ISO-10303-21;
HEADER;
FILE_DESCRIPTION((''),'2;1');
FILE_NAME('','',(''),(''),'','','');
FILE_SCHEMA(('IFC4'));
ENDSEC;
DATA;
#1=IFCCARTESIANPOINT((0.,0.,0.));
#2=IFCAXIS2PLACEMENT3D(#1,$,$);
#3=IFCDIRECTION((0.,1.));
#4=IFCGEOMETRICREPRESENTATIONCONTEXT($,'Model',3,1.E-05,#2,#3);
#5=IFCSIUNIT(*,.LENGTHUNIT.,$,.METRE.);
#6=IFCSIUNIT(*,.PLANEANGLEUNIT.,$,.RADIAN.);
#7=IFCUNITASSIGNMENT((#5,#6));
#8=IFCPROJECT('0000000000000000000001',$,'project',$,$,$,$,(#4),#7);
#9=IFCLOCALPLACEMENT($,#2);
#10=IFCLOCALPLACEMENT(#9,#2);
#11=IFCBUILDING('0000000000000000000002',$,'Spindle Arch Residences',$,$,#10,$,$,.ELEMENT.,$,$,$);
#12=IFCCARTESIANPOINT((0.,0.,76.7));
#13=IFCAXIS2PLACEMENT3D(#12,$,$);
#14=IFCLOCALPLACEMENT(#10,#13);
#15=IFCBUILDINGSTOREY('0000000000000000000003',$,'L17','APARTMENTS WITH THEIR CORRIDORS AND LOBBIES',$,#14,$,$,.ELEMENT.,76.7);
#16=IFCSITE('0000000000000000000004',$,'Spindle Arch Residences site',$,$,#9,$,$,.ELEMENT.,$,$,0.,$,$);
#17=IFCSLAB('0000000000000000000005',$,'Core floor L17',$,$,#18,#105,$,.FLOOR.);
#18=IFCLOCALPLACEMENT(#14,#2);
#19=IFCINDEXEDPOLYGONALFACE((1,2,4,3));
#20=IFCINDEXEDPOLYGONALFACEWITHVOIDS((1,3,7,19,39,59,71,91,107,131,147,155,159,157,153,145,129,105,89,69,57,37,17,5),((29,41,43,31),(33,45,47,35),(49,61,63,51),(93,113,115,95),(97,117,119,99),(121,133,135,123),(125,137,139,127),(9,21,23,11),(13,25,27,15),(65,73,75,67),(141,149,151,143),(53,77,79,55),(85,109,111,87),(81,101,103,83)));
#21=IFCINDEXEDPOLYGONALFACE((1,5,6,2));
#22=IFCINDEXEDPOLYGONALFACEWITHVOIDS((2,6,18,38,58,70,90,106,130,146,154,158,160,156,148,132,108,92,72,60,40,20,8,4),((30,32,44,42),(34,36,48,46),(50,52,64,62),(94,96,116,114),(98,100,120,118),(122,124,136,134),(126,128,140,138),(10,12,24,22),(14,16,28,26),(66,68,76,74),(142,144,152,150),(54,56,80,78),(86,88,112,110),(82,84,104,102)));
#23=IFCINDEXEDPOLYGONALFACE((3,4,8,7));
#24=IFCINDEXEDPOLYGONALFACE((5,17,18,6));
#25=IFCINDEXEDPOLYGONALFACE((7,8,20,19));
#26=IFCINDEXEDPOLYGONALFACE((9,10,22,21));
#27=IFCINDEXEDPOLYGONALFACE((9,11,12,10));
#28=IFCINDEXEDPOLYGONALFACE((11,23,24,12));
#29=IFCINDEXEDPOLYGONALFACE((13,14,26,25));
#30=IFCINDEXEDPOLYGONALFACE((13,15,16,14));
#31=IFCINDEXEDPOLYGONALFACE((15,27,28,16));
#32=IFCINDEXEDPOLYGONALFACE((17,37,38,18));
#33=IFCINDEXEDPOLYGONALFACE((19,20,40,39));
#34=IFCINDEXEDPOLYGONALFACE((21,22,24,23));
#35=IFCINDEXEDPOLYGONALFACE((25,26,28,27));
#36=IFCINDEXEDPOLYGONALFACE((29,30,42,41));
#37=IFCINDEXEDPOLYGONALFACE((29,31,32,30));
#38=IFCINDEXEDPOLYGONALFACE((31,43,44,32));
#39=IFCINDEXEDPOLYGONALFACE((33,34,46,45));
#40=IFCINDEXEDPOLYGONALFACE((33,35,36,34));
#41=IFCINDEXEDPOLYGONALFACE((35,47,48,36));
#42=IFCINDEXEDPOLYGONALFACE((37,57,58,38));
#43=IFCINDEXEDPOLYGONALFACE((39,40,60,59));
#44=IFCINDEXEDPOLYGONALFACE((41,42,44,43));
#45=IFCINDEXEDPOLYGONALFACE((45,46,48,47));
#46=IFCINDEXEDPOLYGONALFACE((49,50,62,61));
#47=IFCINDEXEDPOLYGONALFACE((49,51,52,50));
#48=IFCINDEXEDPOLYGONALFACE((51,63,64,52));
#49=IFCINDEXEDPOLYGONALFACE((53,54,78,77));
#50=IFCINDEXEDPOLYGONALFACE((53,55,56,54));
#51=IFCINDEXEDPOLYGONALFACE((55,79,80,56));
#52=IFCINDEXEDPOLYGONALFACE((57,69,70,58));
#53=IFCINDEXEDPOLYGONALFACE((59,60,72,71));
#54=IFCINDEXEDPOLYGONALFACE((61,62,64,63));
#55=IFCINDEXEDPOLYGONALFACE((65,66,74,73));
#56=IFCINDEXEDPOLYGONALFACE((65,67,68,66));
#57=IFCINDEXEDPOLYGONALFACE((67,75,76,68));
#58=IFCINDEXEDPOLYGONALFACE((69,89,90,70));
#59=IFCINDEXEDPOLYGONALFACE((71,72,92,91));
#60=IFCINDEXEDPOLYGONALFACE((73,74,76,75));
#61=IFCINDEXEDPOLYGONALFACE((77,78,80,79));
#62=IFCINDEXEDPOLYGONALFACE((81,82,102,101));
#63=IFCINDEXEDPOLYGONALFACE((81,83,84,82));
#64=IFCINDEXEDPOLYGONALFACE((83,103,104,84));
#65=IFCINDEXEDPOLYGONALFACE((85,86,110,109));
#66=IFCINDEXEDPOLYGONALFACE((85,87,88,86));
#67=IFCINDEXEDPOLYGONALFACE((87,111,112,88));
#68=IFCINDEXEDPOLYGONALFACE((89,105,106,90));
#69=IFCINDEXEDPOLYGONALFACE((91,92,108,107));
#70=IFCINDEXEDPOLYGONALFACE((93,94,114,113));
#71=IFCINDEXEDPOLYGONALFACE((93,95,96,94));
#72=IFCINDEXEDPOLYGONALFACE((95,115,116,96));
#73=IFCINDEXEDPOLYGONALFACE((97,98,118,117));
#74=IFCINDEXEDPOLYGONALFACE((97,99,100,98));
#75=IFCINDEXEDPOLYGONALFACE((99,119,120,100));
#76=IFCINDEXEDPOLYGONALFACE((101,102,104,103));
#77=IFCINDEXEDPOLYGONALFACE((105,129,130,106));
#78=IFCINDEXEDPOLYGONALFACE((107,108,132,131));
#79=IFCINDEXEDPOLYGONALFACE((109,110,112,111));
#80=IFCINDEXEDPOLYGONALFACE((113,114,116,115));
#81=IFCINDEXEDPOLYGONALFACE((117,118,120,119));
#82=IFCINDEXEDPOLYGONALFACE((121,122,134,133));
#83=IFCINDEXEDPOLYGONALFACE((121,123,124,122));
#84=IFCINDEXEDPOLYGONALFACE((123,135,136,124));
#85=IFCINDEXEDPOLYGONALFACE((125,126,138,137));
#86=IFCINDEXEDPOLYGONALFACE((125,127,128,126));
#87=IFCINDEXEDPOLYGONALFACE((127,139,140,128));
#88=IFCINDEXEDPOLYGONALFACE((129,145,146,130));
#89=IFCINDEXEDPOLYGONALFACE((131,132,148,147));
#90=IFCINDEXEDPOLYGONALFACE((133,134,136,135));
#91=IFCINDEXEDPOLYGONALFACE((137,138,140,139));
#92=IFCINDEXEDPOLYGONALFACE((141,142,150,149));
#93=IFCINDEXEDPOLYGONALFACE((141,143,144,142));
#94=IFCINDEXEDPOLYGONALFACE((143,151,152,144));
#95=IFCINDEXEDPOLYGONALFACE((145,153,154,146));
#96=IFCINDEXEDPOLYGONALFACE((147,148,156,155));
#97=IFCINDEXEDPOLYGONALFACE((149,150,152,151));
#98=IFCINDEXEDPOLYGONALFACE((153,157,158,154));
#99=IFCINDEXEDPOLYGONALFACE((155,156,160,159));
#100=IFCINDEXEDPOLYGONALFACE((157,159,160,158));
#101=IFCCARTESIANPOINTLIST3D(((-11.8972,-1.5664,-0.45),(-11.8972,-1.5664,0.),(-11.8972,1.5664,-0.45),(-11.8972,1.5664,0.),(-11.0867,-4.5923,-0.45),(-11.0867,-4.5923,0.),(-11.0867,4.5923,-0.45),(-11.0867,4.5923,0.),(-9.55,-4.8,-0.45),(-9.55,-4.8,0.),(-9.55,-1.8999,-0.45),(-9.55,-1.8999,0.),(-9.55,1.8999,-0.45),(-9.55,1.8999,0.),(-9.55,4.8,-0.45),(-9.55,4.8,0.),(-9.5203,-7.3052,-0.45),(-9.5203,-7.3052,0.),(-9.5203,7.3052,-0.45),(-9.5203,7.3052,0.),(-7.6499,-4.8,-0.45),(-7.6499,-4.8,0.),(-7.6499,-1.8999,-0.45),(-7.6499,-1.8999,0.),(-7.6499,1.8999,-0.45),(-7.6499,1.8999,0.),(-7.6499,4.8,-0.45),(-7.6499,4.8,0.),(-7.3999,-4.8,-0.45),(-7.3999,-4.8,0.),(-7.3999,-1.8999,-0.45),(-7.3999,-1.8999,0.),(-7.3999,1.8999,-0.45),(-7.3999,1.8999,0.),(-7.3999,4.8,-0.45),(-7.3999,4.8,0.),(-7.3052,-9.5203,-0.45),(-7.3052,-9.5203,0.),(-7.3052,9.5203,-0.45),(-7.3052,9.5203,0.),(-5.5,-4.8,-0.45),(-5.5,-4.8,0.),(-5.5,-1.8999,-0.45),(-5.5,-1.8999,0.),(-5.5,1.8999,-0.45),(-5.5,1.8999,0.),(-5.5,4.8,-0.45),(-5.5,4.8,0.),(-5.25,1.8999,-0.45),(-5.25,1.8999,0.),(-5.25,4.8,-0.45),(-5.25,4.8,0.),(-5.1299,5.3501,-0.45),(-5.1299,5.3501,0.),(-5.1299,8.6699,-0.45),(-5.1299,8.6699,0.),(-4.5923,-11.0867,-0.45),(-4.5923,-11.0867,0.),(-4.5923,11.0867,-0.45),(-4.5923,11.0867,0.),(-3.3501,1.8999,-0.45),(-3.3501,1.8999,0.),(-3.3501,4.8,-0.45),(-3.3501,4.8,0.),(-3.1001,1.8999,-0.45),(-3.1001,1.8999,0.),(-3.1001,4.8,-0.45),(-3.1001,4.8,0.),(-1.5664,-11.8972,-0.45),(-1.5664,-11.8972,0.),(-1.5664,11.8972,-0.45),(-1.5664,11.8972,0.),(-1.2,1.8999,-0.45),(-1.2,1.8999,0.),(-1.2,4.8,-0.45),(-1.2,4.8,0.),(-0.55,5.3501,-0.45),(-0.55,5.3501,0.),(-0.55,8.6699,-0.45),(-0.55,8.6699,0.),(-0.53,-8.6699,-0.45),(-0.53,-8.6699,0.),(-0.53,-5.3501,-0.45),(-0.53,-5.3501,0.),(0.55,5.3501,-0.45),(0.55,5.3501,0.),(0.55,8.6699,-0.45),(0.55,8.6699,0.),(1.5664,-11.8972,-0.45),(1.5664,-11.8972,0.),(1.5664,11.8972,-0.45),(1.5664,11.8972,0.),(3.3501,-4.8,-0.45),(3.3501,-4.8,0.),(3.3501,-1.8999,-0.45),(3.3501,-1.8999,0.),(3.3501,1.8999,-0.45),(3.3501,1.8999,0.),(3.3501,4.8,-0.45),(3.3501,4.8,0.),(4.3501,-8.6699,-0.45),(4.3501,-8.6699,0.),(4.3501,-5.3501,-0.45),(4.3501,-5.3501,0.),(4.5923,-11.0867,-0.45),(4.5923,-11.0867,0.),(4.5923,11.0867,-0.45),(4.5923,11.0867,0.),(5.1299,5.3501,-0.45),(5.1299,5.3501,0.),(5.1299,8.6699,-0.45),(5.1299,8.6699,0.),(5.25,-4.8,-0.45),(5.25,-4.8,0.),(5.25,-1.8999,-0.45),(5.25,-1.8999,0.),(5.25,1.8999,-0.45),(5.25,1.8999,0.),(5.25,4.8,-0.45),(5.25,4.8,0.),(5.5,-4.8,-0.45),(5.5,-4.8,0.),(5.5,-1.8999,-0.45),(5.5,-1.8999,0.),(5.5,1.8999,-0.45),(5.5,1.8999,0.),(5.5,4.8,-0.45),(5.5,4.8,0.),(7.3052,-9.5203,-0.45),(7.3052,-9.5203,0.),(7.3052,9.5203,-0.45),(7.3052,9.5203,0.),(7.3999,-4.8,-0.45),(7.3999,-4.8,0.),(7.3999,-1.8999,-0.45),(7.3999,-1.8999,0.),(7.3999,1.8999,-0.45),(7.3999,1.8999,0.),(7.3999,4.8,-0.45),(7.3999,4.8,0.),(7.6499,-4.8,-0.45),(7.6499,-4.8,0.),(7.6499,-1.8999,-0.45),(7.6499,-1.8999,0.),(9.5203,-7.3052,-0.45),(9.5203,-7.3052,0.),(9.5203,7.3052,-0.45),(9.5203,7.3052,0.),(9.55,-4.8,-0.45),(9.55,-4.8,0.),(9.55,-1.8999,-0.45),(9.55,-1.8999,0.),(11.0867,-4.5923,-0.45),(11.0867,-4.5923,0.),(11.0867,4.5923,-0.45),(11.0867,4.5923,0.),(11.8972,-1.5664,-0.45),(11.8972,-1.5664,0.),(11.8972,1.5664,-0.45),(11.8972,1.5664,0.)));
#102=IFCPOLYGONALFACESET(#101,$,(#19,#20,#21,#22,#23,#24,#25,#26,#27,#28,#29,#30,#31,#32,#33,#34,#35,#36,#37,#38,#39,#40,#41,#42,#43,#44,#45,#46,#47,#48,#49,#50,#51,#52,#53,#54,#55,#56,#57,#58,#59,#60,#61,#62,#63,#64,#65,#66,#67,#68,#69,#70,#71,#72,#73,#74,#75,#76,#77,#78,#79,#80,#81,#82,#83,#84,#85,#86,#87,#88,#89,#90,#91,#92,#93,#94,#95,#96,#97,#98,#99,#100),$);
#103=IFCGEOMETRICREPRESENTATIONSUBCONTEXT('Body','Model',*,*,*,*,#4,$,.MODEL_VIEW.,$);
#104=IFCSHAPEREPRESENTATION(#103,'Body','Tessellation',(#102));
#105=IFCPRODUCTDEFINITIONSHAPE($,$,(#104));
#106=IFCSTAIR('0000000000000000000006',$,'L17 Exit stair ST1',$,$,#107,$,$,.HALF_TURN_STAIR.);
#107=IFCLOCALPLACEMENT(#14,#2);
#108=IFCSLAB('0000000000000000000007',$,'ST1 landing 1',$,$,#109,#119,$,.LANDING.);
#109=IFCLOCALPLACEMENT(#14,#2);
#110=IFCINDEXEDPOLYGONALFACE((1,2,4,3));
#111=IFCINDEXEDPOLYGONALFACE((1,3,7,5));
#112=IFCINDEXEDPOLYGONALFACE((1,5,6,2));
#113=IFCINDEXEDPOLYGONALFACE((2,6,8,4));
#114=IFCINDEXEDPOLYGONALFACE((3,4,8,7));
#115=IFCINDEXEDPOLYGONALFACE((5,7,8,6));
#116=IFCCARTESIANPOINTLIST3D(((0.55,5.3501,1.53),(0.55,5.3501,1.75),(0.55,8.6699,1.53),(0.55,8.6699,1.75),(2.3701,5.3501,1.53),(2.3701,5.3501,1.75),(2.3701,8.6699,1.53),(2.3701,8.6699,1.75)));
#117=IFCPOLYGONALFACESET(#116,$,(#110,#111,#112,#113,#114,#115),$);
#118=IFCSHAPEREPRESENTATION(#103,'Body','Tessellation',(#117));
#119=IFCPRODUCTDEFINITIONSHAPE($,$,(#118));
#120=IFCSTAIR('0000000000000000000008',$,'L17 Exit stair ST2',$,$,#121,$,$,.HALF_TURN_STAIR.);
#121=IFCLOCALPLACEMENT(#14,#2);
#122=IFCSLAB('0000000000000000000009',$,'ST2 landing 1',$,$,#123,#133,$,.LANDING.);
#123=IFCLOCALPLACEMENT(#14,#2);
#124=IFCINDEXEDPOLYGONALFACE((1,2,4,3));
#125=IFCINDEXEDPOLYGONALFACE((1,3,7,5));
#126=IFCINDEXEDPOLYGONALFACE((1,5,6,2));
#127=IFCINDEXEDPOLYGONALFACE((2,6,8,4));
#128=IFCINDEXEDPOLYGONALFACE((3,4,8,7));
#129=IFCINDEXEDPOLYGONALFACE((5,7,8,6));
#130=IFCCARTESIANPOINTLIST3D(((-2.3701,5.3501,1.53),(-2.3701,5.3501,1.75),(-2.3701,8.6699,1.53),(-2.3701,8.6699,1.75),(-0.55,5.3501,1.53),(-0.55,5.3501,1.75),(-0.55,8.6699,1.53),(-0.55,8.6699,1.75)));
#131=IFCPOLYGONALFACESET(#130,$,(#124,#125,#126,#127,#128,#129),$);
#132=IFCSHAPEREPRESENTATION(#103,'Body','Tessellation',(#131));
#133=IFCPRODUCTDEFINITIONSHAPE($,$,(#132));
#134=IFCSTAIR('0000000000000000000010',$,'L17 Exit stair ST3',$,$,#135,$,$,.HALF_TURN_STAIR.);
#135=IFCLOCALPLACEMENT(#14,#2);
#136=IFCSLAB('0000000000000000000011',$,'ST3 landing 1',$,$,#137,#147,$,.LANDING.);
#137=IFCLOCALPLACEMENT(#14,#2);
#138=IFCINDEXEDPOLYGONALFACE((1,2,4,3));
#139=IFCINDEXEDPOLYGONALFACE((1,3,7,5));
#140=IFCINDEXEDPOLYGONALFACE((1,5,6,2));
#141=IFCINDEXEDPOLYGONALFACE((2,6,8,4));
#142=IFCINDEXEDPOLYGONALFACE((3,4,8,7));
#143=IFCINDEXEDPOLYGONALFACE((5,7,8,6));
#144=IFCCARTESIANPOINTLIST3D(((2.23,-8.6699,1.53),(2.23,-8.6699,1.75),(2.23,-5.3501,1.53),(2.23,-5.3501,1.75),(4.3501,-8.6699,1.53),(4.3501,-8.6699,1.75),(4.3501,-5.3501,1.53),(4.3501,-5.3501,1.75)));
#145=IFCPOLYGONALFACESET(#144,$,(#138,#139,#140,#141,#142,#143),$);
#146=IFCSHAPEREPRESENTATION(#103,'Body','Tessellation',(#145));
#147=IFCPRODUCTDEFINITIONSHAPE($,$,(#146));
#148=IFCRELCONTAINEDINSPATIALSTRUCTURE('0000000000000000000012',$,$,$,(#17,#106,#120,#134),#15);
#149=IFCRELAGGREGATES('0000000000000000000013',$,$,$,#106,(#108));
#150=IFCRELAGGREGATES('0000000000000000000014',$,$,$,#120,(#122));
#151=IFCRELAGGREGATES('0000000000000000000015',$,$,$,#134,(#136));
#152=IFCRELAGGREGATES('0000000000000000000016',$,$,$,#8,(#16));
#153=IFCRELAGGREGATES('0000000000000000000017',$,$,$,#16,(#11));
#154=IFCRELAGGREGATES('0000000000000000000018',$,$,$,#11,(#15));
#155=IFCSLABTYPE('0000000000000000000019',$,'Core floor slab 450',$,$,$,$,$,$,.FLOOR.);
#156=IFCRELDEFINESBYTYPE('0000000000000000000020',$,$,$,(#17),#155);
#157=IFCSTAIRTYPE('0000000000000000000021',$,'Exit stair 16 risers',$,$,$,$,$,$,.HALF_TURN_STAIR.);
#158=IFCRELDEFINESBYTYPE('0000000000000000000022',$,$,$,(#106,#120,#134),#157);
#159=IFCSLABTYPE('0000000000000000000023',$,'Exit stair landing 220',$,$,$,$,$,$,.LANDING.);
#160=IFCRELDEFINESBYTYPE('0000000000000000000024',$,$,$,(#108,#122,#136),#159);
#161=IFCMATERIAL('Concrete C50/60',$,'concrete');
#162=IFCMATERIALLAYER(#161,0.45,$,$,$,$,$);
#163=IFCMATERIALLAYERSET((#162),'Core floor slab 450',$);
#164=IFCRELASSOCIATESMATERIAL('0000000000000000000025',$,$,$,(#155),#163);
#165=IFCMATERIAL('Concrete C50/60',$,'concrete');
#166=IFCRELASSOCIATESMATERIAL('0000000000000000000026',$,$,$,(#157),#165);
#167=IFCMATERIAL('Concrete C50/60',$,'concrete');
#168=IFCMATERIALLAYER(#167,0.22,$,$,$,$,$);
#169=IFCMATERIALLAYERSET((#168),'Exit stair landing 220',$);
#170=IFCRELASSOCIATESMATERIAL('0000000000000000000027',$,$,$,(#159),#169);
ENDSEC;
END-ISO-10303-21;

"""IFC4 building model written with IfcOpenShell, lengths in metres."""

from ifc_helpers import new_model, si_unit, direction, frame, origin, place, context, subcontext, project, spatial, polyline, outline, extrude, material, layer, layer_set, type_object, element, aggregate, save


model = new_model("IFC4")

# Units and contexts
model_context = context("Model", 3, precision=1e-05, world=origin(), true_north=direction((0.0, 1.0)))
body_context = subcontext(model_context, "Body", "Model", "MODEL_VIEW")
ifc_project = project(units=[si_unit("LENGTHUNIT", "METRE"), si_unit("PLANEANGLEUNIT", "RADIAN")], contexts=[model_context])

# Site, building, storey
site_placement = place(None, origin())
site = spatial("IfcSite", under=ifc_project, at=site_placement, Name="Spindle Arch Residences site", CompositionType="ELEMENT", RefElevation=0.0)
building_placement = place(site_placement, origin())
building = spatial("IfcBuilding", under=site, at=building_placement, Name="Spindle Arch Residences", CompositionType="ELEMENT")
storey_placement = place(building_placement, frame((0.0, 0.0, 76.7)))
storey = spatial("IfcBuildingStorey", under=building, at=storey_placement, Name="L17", Description="APARTMENTS WITH THEIR CORRIDORS AND LOBBIES", CompositionType="ELEMENT", Elevation=76.7)

# Slab
ifc_material_1 = material(Name="Concrete C50/60", Category="concrete")
ifc_layer_1 = layer(ifc_material_1, 0.45)
ifc_layer_set_1 = layer_set([ifc_layer_1], Name="Core floor slab 450")
slab_type_1 = type_object("IfcSlabType", Name="Core floor slab 450", PredefinedType="FLOOR", material=ifc_layer_set_1)
slab_1_placement = place(storey_placement, frame((0.0, 0.0, -0.45)))
element("IfcSlab", 1, at=slab_1_placement, inside=storey, type_object=slab_type_1, Name="Core floor L17", PredefinedType="FLOOR", context=body_context, shape_type="SweptSolid", body=[
    extrude(outline(polyline([(1.5664, -11.8972), (4.5923, -11.0867), (7.3052, -9.5203), (9.5203, -7.3052), (11.0867, -4.5923), (11.8972, -1.5664), (11.8972, 1.5664), (11.0867, 4.5923), (9.5203, 7.3052), (7.3052, 9.5203), (4.5923, 11.0867), (1.5664, 11.8972), (-1.5664, 11.8972), (-4.5923, 11.0867), (-7.3052, 9.5203), (-9.5203, 7.3052), (-11.0867, 4.5923), (-11.8972, 1.5664), (-11.8972, -1.5664), (-11.0867, -4.5923), (-9.5203, -7.3052), (-7.3052, -9.5203), (-4.5923, -11.0867), (-1.5664, -11.8972), (1.5664, -11.8972)]), holes=[polyline([(-9.55, 1.8999), (-7.6499, 1.8999), (-7.6499, 4.8), (-9.55, 4.8), (-9.55, 1.8999)]), polyline([(-7.3999, 1.8999), (-5.5, 1.8999), (-5.5, 4.8), (-7.3999, 4.8), (-7.3999, 1.8999)]), polyline([(-5.25, 1.8999), (-3.3501, 1.8999), (-3.3501, 4.8), (-5.25, 4.8), (-5.25, 1.8999)]), polyline([(-3.1001, 1.8999), (-1.2, 1.8999), (-1.2, 4.8), (-3.1001, 4.8), (-3.1001, 1.8999)]), polyline([(3.3501, 1.8999), (5.25, 1.8999), (5.25, 4.8), (3.3501, 4.8), (3.3501, 1.8999)]), polyline([(5.5, 1.8999), (7.3999, 1.8999), (7.3999, 4.8), (5.5, 4.8), (5.5, 1.8999)]), polyline([(-9.55, -4.8), (-7.6499, -4.8), (-7.6499, -1.8999), (-9.55, -1.8999), (-9.55, -4.8)]), polyline([(-7.3999, -4.8), (-5.5, -4.8), (-5.5, -1.8999), (-7.3999, -1.8999), (-7.3999, -4.8)]), polyline([(3.3501, -4.8), (5.25, -4.8), (5.25, -1.8999), (3.3501, -1.8999), (3.3501, -4.8)]), polyline([(5.5, -4.8), (7.3999, -4.8), (7.3999, -1.8999), (5.5, -1.8999), (5.5, -4.8)]), polyline([(7.6499, -4.8), (9.55, -4.8), (9.55, -1.8999), (7.6499, -1.8999), (7.6499, -4.8)]), polyline([(5.1299, 8.6699), (0.55, 8.6699), (0.55, 5.3501), (5.1299, 5.3501), (5.1299, 8.6699)]), polyline([(-5.1299, 5.3501), (-0.55, 5.3501), (-0.55, 8.6699), (-5.1299, 8.6699), (-5.1299, 5.3501)]), polyline([(-0.53, -8.6699), (4.3501, -8.6699), (4.3501, -5.3501), (-0.53, -5.3501), (-0.53, -8.6699)])]), origin(), (0.0, 0.0, 1.0), 0.45),
])

# Stairs, slabs
ifc_material_2 = material(Name="Concrete C50/60", Category="concrete")
stair_type = type_object("IfcStairType", Name="Exit stair 16 risers", PredefinedType="HALF_TURN_STAIR", material=ifc_material_2)
stair_1_placement = place(storey_placement, origin())
stair_1 = element("IfcStair", 2, at=stair_1_placement, inside=storey, type_object=stair_type, Name="L17 Exit stair ST1", PredefinedType="HALF_TURN_STAIR")
ifc_material_3 = material(Name="Concrete C50/60", Category="concrete")
ifc_layer_2 = layer(ifc_material_3, 0.22)
ifc_layer_set_2 = layer_set([ifc_layer_2], Name="Exit stair landing 220")
slab_type_2 = type_object("IfcSlabType", Name="Exit stair landing 220", PredefinedType="LANDING", material=ifc_layer_set_2)
slab_2_placement = place(storey_placement, frame((0.0, 0.0, 1.53)))
slab_2 = element("IfcSlab", 3, at=slab_2_placement, type_object=slab_type_2, Name="ST1 landing 1", PredefinedType="LANDING", context=body_context, shape_type="SweptSolid", body=[
    extrude(outline(polyline([(2.3701, 8.6699), (0.55, 8.6699), (0.55, 5.3501), (2.3701, 5.3501), (2.3701, 8.6699)])), origin(), (0.0, 0.0, 1.0), 0.22),
])
aggregate(stair_1, [slab_2])
stair_2_placement = place(storey_placement, origin())
stair_2 = element("IfcStair", 4, at=stair_2_placement, inside=storey, type_object=stair_type, Name="L17 Exit stair ST2", PredefinedType="HALF_TURN_STAIR")
slab_3_placement = place(storey_placement, frame((0.0, 0.0, 1.53)))
slab_3 = element("IfcSlab", 5, at=slab_3_placement, type_object=slab_type_2, Name="ST2 landing 1", PredefinedType="LANDING", context=body_context, shape_type="SweptSolid", body=[
    extrude(outline(polyline([(-2.3701, 5.3501), (-0.55, 5.3501), (-0.55, 8.6699), (-2.3701, 8.6699), (-2.3701, 5.3501)])), origin(), (0.0, 0.0, 1.0), 0.22),
])
aggregate(stair_2, [slab_3])
stair_3_placement = place(storey_placement, origin())
stair_3 = element("IfcStair", 6, at=stair_3_placement, inside=storey, type_object=stair_type, Name="L17 Exit stair ST3", PredefinedType="HALF_TURN_STAIR")
slab_4_placement = place(storey_placement, frame((0.0, 0.0, 1.53)))
slab_4 = element("IfcSlab", 7, at=slab_4_placement, type_object=slab_type_2, Name="ST3 landing 1", PredefinedType="LANDING", context=body_context, shape_type="SweptSolid", body=[
    extrude(outline(polyline([(2.23, -8.6699), (4.3501, -8.6699), (4.3501, -5.3501), (2.23, -5.3501), (2.23, -8.6699)])), origin(), (0.0, 0.0, 1.0), 0.22),
])
aggregate(stair_3, [slab_4])

save(model, "model.ifc")
